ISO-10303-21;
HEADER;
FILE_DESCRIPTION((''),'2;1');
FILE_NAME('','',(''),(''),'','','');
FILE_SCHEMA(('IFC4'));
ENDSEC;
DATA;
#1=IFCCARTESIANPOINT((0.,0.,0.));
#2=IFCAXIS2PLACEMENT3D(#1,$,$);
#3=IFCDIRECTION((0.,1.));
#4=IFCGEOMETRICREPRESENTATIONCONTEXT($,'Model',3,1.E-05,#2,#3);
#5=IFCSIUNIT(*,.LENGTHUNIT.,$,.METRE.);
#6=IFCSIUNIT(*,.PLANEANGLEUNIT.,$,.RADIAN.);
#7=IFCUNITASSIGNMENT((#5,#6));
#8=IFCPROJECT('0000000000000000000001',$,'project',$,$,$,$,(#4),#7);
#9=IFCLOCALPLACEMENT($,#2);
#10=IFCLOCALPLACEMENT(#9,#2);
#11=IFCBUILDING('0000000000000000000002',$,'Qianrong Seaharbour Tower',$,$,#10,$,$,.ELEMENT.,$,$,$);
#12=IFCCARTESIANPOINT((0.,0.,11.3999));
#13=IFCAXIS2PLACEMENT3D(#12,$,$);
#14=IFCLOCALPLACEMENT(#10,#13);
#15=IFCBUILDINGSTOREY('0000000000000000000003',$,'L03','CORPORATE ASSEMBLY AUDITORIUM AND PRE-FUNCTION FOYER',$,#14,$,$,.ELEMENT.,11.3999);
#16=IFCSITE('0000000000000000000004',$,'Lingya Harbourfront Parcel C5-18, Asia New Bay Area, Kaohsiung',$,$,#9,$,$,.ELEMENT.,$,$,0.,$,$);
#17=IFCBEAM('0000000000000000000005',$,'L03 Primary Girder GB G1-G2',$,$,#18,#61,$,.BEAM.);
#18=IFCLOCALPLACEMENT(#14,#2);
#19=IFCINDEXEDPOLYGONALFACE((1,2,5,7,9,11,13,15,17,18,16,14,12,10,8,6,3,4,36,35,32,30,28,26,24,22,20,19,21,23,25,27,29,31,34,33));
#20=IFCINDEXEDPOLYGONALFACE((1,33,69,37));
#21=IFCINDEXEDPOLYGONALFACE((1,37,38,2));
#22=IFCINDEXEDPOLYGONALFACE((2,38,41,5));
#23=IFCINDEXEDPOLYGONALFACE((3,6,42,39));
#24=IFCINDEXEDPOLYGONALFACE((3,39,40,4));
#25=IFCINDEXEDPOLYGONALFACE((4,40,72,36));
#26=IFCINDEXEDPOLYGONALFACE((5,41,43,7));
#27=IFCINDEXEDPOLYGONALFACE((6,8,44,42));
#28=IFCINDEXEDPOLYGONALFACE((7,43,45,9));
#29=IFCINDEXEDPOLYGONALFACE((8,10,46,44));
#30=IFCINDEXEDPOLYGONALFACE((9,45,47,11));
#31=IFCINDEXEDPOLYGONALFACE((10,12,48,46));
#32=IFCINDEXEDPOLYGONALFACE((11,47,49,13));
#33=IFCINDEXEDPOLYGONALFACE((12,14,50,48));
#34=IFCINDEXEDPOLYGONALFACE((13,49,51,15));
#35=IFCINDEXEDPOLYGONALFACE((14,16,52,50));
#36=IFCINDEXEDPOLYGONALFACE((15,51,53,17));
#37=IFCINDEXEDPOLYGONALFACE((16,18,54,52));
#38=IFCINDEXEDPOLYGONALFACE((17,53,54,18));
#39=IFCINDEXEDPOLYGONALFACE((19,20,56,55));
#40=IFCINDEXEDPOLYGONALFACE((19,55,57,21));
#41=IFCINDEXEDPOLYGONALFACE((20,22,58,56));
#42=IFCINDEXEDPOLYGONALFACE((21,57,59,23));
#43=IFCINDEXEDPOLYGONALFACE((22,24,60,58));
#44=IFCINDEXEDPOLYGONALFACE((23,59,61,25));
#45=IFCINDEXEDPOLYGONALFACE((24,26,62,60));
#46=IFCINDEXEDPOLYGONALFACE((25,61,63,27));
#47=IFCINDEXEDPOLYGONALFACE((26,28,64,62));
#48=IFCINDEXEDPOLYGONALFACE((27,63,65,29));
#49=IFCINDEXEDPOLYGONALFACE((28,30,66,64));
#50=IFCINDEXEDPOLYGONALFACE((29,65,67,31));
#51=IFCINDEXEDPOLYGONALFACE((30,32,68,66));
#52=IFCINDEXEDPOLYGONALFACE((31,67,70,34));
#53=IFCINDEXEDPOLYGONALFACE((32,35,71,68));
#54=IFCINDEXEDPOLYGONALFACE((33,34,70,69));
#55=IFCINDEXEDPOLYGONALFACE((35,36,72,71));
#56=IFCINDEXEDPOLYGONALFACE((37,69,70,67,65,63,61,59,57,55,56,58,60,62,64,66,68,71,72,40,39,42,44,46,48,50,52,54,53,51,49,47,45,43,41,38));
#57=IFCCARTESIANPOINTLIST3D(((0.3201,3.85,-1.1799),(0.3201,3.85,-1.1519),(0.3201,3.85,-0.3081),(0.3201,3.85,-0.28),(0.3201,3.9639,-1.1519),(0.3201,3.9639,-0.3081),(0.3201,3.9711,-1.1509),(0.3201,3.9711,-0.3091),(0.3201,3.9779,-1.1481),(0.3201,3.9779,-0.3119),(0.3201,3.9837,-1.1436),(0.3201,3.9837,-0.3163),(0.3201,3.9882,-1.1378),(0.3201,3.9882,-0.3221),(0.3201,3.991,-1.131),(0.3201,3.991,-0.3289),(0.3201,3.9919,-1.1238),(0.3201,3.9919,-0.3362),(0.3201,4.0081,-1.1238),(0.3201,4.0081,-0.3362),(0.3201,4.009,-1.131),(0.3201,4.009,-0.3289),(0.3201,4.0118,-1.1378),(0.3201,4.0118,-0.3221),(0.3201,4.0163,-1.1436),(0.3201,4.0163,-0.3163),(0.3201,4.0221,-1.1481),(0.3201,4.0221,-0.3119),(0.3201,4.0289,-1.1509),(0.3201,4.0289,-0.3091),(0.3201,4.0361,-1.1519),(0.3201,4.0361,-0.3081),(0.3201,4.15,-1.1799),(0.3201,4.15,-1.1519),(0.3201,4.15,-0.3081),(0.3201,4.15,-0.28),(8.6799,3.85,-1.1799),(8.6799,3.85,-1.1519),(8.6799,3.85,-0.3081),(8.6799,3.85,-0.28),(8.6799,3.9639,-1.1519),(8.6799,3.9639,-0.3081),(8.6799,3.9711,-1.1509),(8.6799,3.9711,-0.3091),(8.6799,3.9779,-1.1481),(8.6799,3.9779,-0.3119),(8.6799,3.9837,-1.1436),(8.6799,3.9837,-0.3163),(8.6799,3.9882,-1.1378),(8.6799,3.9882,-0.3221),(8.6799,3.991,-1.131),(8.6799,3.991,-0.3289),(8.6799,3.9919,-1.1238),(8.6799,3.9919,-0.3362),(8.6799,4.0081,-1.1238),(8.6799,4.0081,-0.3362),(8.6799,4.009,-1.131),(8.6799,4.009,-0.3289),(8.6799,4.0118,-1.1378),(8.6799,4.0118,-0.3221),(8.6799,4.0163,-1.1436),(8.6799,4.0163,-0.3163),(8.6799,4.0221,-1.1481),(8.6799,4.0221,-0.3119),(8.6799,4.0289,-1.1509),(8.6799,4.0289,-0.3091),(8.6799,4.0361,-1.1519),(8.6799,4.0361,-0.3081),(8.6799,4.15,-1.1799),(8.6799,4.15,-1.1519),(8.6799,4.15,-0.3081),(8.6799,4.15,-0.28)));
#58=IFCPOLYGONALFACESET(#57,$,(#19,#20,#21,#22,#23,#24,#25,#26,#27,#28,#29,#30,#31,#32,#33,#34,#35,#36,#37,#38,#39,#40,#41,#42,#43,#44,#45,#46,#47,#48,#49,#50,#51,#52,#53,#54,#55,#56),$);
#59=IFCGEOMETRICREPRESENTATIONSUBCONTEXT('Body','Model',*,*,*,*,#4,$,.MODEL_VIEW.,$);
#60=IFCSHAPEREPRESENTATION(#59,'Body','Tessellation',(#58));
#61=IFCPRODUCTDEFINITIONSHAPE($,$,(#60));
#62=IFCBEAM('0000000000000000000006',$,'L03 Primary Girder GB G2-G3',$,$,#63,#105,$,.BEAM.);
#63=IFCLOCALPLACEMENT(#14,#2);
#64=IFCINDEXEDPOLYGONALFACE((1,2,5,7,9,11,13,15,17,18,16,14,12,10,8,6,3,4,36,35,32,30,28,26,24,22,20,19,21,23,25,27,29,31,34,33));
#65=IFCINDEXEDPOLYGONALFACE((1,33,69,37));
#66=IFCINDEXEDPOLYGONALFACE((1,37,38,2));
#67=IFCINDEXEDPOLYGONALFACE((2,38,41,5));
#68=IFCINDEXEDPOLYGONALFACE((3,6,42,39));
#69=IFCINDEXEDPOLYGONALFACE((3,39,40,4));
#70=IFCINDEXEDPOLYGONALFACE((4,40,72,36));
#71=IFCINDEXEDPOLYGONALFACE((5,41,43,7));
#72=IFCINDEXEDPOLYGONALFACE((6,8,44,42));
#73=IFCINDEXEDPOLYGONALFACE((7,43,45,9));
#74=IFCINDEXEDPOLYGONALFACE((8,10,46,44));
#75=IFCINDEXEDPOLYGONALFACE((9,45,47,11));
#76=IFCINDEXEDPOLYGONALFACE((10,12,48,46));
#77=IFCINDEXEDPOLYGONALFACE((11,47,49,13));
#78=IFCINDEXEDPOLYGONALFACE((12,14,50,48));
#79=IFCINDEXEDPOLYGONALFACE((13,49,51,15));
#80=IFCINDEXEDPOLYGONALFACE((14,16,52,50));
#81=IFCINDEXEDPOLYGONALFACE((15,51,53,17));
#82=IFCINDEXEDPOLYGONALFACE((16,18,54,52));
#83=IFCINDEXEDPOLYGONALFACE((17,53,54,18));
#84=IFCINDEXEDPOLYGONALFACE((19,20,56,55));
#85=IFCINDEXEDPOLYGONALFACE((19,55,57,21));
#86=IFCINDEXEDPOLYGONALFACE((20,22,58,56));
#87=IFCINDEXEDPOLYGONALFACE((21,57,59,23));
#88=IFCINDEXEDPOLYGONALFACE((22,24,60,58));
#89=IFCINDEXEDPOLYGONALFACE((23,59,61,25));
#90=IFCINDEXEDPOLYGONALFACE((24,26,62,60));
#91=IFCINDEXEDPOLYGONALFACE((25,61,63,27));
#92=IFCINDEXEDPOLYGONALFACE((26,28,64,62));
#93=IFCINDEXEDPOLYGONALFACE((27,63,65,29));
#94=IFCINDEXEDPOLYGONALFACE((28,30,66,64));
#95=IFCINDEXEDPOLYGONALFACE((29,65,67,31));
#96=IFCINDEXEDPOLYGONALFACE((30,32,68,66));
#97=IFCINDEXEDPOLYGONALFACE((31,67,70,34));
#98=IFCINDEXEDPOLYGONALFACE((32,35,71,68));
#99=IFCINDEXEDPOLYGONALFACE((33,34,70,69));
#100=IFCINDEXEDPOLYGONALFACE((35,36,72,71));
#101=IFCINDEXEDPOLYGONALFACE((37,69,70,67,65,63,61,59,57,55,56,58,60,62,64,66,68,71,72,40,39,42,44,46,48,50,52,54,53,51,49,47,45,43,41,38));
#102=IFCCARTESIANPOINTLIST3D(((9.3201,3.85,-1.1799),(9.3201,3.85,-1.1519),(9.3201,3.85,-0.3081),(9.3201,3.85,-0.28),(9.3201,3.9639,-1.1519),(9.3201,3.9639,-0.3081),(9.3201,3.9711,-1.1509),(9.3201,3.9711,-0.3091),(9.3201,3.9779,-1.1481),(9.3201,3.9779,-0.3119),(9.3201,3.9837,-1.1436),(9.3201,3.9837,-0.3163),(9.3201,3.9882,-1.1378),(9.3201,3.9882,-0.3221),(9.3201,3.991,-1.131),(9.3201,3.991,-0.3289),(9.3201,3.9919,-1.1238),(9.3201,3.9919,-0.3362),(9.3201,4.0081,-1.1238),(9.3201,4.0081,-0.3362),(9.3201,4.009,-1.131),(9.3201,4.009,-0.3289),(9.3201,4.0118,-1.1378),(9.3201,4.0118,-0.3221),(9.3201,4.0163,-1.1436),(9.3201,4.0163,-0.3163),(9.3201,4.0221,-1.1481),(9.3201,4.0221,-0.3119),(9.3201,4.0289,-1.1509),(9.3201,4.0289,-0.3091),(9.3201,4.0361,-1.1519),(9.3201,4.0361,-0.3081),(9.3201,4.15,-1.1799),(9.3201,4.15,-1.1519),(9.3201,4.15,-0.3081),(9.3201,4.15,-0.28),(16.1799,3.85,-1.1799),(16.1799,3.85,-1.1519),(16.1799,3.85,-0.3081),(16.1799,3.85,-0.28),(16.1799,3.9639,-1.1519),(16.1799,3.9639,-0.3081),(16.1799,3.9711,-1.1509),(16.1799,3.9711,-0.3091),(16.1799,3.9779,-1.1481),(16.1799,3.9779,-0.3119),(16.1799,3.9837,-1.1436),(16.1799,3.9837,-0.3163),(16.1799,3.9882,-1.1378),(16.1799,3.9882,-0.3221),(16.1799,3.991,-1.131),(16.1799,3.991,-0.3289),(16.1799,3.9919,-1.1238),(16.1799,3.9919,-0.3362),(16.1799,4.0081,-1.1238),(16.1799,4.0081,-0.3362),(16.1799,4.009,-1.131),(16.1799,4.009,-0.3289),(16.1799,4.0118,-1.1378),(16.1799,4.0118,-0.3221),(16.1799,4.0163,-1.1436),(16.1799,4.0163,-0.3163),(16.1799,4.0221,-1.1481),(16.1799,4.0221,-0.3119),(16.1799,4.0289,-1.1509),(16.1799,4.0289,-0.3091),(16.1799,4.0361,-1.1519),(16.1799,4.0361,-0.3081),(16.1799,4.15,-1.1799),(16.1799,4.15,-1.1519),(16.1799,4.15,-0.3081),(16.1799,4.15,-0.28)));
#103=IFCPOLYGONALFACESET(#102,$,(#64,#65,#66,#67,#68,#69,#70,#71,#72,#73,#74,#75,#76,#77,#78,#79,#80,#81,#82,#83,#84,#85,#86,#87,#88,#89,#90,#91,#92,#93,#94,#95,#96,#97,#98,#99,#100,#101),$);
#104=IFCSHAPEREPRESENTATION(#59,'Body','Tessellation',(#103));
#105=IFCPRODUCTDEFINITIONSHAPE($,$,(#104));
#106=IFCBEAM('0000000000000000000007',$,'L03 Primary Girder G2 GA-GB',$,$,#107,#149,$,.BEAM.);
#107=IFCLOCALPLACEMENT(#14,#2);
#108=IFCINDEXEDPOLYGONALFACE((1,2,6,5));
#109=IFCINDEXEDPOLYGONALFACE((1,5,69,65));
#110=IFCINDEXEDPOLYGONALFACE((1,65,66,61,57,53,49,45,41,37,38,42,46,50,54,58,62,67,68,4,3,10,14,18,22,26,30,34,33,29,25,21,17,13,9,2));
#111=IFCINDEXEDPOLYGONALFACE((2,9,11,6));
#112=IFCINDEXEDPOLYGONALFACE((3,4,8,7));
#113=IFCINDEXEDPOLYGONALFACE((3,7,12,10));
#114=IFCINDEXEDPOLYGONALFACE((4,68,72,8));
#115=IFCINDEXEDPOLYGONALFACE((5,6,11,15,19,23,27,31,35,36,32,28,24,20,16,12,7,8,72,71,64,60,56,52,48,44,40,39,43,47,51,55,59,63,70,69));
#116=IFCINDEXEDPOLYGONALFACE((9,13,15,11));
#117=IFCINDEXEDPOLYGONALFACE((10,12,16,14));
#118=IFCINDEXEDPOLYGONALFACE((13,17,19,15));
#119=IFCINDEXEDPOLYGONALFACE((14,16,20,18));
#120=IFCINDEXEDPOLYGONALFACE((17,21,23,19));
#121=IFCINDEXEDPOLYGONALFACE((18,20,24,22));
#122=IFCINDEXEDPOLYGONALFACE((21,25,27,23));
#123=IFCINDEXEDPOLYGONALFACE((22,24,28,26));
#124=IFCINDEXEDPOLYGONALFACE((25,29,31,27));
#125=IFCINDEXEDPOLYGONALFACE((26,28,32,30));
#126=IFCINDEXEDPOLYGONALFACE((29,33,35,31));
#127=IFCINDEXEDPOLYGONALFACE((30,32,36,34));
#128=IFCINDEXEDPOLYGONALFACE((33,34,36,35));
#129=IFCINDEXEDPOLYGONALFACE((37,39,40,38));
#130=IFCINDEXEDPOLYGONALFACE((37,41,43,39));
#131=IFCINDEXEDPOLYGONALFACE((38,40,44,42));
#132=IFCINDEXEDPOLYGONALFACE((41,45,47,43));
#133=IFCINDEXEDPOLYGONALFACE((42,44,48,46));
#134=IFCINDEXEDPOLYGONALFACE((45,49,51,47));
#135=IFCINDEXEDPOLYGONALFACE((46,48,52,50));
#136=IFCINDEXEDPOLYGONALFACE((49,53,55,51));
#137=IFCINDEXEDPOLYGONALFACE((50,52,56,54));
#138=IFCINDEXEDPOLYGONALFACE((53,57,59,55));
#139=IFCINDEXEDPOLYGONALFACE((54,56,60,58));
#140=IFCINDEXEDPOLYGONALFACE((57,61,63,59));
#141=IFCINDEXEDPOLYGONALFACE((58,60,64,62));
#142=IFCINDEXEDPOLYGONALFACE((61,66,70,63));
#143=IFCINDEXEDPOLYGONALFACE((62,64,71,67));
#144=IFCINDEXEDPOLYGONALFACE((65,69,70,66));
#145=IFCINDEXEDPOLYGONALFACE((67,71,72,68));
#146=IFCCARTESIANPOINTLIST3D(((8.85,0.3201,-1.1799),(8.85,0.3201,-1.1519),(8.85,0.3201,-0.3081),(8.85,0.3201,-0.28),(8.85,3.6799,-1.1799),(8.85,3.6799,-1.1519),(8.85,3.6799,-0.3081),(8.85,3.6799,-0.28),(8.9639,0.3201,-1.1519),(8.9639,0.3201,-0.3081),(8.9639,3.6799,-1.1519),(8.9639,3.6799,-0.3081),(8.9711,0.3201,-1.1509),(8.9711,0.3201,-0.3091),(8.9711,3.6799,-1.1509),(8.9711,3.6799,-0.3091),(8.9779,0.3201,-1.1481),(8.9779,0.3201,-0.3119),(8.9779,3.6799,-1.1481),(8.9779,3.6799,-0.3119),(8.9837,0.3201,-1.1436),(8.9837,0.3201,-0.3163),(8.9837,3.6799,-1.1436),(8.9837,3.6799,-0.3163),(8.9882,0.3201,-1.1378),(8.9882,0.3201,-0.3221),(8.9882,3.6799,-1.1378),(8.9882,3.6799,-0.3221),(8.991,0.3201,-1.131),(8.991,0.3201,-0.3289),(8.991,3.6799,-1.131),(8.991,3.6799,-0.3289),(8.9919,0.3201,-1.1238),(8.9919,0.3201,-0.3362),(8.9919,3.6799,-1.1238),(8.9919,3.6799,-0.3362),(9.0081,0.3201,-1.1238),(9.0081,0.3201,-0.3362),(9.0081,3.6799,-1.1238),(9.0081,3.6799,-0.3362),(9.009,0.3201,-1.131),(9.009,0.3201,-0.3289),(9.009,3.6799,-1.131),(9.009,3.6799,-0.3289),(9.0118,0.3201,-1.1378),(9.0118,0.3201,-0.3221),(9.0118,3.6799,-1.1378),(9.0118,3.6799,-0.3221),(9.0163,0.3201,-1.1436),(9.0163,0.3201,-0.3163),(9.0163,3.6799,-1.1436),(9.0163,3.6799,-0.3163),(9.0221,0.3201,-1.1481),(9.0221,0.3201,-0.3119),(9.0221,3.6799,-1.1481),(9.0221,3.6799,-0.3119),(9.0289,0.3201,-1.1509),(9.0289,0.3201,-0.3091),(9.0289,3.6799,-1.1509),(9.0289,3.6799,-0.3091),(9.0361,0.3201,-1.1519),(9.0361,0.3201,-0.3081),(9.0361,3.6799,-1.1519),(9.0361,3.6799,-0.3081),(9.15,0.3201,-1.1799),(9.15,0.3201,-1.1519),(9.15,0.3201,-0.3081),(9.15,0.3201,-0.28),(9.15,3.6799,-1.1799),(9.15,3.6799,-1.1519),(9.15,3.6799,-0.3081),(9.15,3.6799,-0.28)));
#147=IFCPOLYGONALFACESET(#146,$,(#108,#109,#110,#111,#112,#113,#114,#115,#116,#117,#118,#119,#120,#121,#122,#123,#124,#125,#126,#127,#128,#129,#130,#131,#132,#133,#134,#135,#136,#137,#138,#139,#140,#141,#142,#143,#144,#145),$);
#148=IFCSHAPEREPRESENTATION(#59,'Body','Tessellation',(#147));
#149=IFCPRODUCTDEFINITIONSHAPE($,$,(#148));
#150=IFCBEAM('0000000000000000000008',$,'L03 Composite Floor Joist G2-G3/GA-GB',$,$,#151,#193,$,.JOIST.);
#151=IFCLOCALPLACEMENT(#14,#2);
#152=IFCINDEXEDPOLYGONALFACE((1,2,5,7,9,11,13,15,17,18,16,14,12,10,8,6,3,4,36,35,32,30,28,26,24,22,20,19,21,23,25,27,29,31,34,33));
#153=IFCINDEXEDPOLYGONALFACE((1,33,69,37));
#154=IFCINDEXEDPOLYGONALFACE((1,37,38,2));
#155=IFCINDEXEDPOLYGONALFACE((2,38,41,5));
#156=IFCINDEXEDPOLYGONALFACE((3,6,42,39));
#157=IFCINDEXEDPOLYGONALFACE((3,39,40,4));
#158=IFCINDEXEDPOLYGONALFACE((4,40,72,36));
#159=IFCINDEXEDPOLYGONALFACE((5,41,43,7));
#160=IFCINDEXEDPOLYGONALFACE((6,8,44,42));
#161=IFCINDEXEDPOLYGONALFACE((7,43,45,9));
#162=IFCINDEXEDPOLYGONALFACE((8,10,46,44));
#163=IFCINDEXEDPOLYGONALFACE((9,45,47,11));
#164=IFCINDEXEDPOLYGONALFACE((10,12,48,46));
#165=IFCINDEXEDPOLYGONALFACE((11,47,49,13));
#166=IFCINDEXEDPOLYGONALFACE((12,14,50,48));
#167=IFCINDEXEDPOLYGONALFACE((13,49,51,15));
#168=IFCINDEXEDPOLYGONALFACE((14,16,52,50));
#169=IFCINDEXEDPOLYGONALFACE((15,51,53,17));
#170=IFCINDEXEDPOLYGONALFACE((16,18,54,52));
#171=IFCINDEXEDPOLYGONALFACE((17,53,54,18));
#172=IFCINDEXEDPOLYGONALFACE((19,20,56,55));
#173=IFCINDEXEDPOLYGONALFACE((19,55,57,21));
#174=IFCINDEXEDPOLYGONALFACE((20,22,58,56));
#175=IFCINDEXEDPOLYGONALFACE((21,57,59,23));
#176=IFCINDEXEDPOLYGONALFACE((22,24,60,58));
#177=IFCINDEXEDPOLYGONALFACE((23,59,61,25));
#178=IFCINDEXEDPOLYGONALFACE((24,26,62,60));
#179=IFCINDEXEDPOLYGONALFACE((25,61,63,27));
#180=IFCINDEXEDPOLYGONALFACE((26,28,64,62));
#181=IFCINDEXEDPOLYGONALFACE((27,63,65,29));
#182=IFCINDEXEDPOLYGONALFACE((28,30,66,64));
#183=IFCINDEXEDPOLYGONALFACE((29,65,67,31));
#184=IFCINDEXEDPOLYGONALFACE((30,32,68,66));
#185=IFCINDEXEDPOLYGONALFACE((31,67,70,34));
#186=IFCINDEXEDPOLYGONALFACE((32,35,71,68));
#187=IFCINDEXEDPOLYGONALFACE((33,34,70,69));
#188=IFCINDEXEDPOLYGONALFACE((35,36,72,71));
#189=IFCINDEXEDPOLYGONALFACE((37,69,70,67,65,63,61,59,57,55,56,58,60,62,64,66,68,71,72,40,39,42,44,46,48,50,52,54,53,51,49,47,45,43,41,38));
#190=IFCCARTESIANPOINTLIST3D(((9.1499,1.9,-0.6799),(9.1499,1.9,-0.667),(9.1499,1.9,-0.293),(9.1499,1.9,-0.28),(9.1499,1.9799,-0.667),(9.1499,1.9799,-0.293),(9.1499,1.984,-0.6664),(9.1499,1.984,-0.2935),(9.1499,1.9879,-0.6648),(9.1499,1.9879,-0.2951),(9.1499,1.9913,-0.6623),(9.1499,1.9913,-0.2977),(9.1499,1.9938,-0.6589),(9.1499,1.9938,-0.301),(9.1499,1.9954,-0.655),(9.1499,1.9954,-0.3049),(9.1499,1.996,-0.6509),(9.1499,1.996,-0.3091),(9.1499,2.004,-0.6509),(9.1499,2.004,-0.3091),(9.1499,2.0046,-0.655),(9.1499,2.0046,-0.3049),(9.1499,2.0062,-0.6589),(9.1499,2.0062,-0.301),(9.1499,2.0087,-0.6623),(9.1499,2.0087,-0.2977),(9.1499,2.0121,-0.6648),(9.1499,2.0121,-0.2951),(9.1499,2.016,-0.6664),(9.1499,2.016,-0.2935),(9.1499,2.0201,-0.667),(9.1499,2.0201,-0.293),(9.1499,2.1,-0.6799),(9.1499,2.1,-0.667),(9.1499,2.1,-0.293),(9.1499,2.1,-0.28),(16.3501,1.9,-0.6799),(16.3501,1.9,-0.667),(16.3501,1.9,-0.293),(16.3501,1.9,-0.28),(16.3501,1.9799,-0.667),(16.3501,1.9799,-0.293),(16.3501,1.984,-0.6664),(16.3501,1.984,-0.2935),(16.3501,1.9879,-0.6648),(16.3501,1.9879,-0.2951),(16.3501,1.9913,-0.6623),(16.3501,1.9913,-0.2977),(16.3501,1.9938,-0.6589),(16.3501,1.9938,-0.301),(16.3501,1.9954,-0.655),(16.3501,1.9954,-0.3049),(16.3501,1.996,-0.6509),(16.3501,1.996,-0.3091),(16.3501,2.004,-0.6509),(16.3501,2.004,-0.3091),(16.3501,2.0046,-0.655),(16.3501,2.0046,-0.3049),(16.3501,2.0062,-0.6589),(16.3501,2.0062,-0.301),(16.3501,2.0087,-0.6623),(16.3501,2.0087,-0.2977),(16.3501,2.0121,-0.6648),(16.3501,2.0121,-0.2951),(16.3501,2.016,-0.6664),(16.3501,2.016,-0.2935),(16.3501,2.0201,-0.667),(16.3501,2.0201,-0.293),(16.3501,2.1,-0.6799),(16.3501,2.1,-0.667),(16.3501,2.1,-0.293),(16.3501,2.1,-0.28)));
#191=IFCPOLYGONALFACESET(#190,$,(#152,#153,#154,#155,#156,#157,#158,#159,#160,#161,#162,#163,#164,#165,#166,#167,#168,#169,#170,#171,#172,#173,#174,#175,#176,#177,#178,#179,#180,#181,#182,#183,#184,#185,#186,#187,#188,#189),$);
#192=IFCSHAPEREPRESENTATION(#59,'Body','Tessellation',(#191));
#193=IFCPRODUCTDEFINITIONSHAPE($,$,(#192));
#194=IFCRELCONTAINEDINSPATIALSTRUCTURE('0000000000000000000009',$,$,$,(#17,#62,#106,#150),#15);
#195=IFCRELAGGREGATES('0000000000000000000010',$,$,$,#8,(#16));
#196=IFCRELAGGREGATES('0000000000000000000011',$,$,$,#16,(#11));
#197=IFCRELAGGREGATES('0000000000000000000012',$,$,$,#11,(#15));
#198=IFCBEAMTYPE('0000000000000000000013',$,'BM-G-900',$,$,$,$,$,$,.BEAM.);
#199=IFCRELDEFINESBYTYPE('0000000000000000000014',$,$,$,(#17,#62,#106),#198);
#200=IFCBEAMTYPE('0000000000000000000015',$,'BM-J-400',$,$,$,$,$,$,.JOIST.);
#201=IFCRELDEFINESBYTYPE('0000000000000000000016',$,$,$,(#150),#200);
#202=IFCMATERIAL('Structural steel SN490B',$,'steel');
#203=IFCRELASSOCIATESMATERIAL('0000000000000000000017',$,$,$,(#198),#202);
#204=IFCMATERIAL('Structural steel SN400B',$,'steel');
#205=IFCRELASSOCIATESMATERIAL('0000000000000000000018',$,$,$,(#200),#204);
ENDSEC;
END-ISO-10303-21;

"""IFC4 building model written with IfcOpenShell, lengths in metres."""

from ifc_helpers import new_model, si_unit, direction, frame, origin, origin_2d, place, context, subcontext, project, spatial, i_section, extrude, material, material_profile, profile_set, type_object, element, save


model = new_model("IFC4")

# Units and contexts
model_context = context("Model", 3, precision=1e-05, world=origin(), true_north=direction((0.0, 1.0)))
body_context = subcontext(model_context, "Body", "Model", "MODEL_VIEW")
ifc_project = project(units=[si_unit("LENGTHUNIT", "METRE"), si_unit("PLANEANGLEUNIT", "RADIAN")], contexts=[model_context])

# Site, building, storey
site_placement = place(None, origin())
site = spatial("IfcSite", under=ifc_project, at=site_placement, Name="Lingya Harbourfront Parcel C5-18, Asia New Bay Area, Kaohsiung", CompositionType="ELEMENT", RefElevation=0.0)
building_placement = place(site_placement, origin())
building = spatial("IfcBuilding", under=site, at=building_placement, Name="Qianrong Seaharbour Tower", CompositionType="ELEMENT")
storey_placement = place(building_placement, frame((0.0, 0.0, 11.3999)))
storey = spatial("IfcBuildingStorey", under=building, at=storey_placement, Name="L03", Description="CORPORATE ASSEMBLY AUDITORIUM AND PRE-FUNCTION FOYER", CompositionType="ELEMENT", Elevation=11.3999)

# Shared definitions
ifc_material_1 = material(Name="Structural steel SN490B", Category="steel")

# Beams
ifc_material_profile_1 = material_profile(ifc_material_1, i_section(OverallWidth=0.3, OverallDepth=0.8999, WebThickness=0.0161, FlangeThickness=0.0281, FilletRadius=0.0281, at=origin_2d()), Name="H900x300x16x28")
ifc_profile_set_1 = profile_set([ifc_material_profile_1], Name="Structural steel SN490B")
beam_type_1 = type_object("IfcBeamType", Name="BM-G-900", PredefinedType="BEAM", material=ifc_profile_set_1)
beam_1_placement = place(storey_placement, frame((0.3201, 4.0, -0.73), z_axis=(1.0, 0.0, 0.0), x_axis=(0.0, 1.0, 0.0)))
element("IfcBeam", 1, at=beam_1_placement, inside=storey, type_object=beam_type_1, Name="L03 Primary Girder GB G1-G2", PredefinedType="BEAM", context=body_context, shape_type="SweptSolid", body=[
    extrude(i_section(OverallWidth=0.3, OverallDepth=0.8999, WebThickness=0.0161, FlangeThickness=0.0281, FilletRadius=0.0281, at=origin_2d()), origin(), (0.0, 0.0, 1.0), 8.3599),
])
beam_2_placement = place(storey_placement, frame((9.3201, 4.0, -0.73), z_axis=(1.0, 0.0, 0.0), x_axis=(0.0, 1.0, 0.0)))
element("IfcBeam", 2, at=beam_2_placement, inside=storey, type_object=beam_type_1, Name="L03 Primary Girder GB G2-G3", PredefinedType="BEAM", context=body_context, shape_type="SweptSolid", body=[
    extrude(i_section(OverallWidth=0.3, OverallDepth=0.8999, WebThickness=0.0161, FlangeThickness=0.0281, FilletRadius=0.0281, at=origin_2d()), origin(), (0.0, 0.0, 1.0), 6.8599),
])
beam_3_placement = place(storey_placement, frame((9.0, 0.3201, -0.73), z_axis=(0.0, 1.0, 0.0), x_axis=(-1.0, 0.0, 0.0)))
element("IfcBeam", 3, at=beam_3_placement, inside=storey, type_object=beam_type_1, Name="L03 Primary Girder G2 GA-GB", PredefinedType="BEAM", context=body_context, shape_type="SweptSolid", body=[
    extrude(i_section(OverallWidth=0.3, OverallDepth=0.8999, WebThickness=0.0161, FlangeThickness=0.0281, FilletRadius=0.0281, at=origin_2d()), origin(), (0.0, 0.0, 1.0), 3.3599),
])
ifc_material_2 = material(Name="Structural steel SN400B", Category="steel")
ifc_material_profile_2 = material_profile(ifc_material_2, i_section(OverallWidth=0.2, OverallDepth=0.3999, WebThickness=0.0081, FlangeThickness=0.0129, FilletRadius=0.0161, at=origin_2d()), Name="H400x200x8x13")
ifc_profile_set_2 = profile_set([ifc_material_profile_2], Name="Structural steel SN400B")
beam_type_2 = type_object("IfcBeamType", Name="BM-J-400", PredefinedType="JOIST", material=ifc_profile_set_2)
beam_4_placement = place(storey_placement, frame((9.1499, 2.0, -0.48), z_axis=(1.0, 0.0, 0.0), x_axis=(0.0, 1.0, 0.0)))
element("IfcBeam", 4, at=beam_4_placement, inside=storey, type_object=beam_type_2, Name="L03 Composite Floor Joist G2-G3/GA-GB", PredefinedType="JOIST", context=body_context, shape_type="SweptSolid", body=[
    extrude(i_section(OverallWidth=0.2, OverallDepth=0.3999, WebThickness=0.0081, FlangeThickness=0.0129, FilletRadius=0.0161, at=origin_2d()), origin(), (0.0, 0.0, 1.0), 7.2002),
])

save(model, "model.ifc")
